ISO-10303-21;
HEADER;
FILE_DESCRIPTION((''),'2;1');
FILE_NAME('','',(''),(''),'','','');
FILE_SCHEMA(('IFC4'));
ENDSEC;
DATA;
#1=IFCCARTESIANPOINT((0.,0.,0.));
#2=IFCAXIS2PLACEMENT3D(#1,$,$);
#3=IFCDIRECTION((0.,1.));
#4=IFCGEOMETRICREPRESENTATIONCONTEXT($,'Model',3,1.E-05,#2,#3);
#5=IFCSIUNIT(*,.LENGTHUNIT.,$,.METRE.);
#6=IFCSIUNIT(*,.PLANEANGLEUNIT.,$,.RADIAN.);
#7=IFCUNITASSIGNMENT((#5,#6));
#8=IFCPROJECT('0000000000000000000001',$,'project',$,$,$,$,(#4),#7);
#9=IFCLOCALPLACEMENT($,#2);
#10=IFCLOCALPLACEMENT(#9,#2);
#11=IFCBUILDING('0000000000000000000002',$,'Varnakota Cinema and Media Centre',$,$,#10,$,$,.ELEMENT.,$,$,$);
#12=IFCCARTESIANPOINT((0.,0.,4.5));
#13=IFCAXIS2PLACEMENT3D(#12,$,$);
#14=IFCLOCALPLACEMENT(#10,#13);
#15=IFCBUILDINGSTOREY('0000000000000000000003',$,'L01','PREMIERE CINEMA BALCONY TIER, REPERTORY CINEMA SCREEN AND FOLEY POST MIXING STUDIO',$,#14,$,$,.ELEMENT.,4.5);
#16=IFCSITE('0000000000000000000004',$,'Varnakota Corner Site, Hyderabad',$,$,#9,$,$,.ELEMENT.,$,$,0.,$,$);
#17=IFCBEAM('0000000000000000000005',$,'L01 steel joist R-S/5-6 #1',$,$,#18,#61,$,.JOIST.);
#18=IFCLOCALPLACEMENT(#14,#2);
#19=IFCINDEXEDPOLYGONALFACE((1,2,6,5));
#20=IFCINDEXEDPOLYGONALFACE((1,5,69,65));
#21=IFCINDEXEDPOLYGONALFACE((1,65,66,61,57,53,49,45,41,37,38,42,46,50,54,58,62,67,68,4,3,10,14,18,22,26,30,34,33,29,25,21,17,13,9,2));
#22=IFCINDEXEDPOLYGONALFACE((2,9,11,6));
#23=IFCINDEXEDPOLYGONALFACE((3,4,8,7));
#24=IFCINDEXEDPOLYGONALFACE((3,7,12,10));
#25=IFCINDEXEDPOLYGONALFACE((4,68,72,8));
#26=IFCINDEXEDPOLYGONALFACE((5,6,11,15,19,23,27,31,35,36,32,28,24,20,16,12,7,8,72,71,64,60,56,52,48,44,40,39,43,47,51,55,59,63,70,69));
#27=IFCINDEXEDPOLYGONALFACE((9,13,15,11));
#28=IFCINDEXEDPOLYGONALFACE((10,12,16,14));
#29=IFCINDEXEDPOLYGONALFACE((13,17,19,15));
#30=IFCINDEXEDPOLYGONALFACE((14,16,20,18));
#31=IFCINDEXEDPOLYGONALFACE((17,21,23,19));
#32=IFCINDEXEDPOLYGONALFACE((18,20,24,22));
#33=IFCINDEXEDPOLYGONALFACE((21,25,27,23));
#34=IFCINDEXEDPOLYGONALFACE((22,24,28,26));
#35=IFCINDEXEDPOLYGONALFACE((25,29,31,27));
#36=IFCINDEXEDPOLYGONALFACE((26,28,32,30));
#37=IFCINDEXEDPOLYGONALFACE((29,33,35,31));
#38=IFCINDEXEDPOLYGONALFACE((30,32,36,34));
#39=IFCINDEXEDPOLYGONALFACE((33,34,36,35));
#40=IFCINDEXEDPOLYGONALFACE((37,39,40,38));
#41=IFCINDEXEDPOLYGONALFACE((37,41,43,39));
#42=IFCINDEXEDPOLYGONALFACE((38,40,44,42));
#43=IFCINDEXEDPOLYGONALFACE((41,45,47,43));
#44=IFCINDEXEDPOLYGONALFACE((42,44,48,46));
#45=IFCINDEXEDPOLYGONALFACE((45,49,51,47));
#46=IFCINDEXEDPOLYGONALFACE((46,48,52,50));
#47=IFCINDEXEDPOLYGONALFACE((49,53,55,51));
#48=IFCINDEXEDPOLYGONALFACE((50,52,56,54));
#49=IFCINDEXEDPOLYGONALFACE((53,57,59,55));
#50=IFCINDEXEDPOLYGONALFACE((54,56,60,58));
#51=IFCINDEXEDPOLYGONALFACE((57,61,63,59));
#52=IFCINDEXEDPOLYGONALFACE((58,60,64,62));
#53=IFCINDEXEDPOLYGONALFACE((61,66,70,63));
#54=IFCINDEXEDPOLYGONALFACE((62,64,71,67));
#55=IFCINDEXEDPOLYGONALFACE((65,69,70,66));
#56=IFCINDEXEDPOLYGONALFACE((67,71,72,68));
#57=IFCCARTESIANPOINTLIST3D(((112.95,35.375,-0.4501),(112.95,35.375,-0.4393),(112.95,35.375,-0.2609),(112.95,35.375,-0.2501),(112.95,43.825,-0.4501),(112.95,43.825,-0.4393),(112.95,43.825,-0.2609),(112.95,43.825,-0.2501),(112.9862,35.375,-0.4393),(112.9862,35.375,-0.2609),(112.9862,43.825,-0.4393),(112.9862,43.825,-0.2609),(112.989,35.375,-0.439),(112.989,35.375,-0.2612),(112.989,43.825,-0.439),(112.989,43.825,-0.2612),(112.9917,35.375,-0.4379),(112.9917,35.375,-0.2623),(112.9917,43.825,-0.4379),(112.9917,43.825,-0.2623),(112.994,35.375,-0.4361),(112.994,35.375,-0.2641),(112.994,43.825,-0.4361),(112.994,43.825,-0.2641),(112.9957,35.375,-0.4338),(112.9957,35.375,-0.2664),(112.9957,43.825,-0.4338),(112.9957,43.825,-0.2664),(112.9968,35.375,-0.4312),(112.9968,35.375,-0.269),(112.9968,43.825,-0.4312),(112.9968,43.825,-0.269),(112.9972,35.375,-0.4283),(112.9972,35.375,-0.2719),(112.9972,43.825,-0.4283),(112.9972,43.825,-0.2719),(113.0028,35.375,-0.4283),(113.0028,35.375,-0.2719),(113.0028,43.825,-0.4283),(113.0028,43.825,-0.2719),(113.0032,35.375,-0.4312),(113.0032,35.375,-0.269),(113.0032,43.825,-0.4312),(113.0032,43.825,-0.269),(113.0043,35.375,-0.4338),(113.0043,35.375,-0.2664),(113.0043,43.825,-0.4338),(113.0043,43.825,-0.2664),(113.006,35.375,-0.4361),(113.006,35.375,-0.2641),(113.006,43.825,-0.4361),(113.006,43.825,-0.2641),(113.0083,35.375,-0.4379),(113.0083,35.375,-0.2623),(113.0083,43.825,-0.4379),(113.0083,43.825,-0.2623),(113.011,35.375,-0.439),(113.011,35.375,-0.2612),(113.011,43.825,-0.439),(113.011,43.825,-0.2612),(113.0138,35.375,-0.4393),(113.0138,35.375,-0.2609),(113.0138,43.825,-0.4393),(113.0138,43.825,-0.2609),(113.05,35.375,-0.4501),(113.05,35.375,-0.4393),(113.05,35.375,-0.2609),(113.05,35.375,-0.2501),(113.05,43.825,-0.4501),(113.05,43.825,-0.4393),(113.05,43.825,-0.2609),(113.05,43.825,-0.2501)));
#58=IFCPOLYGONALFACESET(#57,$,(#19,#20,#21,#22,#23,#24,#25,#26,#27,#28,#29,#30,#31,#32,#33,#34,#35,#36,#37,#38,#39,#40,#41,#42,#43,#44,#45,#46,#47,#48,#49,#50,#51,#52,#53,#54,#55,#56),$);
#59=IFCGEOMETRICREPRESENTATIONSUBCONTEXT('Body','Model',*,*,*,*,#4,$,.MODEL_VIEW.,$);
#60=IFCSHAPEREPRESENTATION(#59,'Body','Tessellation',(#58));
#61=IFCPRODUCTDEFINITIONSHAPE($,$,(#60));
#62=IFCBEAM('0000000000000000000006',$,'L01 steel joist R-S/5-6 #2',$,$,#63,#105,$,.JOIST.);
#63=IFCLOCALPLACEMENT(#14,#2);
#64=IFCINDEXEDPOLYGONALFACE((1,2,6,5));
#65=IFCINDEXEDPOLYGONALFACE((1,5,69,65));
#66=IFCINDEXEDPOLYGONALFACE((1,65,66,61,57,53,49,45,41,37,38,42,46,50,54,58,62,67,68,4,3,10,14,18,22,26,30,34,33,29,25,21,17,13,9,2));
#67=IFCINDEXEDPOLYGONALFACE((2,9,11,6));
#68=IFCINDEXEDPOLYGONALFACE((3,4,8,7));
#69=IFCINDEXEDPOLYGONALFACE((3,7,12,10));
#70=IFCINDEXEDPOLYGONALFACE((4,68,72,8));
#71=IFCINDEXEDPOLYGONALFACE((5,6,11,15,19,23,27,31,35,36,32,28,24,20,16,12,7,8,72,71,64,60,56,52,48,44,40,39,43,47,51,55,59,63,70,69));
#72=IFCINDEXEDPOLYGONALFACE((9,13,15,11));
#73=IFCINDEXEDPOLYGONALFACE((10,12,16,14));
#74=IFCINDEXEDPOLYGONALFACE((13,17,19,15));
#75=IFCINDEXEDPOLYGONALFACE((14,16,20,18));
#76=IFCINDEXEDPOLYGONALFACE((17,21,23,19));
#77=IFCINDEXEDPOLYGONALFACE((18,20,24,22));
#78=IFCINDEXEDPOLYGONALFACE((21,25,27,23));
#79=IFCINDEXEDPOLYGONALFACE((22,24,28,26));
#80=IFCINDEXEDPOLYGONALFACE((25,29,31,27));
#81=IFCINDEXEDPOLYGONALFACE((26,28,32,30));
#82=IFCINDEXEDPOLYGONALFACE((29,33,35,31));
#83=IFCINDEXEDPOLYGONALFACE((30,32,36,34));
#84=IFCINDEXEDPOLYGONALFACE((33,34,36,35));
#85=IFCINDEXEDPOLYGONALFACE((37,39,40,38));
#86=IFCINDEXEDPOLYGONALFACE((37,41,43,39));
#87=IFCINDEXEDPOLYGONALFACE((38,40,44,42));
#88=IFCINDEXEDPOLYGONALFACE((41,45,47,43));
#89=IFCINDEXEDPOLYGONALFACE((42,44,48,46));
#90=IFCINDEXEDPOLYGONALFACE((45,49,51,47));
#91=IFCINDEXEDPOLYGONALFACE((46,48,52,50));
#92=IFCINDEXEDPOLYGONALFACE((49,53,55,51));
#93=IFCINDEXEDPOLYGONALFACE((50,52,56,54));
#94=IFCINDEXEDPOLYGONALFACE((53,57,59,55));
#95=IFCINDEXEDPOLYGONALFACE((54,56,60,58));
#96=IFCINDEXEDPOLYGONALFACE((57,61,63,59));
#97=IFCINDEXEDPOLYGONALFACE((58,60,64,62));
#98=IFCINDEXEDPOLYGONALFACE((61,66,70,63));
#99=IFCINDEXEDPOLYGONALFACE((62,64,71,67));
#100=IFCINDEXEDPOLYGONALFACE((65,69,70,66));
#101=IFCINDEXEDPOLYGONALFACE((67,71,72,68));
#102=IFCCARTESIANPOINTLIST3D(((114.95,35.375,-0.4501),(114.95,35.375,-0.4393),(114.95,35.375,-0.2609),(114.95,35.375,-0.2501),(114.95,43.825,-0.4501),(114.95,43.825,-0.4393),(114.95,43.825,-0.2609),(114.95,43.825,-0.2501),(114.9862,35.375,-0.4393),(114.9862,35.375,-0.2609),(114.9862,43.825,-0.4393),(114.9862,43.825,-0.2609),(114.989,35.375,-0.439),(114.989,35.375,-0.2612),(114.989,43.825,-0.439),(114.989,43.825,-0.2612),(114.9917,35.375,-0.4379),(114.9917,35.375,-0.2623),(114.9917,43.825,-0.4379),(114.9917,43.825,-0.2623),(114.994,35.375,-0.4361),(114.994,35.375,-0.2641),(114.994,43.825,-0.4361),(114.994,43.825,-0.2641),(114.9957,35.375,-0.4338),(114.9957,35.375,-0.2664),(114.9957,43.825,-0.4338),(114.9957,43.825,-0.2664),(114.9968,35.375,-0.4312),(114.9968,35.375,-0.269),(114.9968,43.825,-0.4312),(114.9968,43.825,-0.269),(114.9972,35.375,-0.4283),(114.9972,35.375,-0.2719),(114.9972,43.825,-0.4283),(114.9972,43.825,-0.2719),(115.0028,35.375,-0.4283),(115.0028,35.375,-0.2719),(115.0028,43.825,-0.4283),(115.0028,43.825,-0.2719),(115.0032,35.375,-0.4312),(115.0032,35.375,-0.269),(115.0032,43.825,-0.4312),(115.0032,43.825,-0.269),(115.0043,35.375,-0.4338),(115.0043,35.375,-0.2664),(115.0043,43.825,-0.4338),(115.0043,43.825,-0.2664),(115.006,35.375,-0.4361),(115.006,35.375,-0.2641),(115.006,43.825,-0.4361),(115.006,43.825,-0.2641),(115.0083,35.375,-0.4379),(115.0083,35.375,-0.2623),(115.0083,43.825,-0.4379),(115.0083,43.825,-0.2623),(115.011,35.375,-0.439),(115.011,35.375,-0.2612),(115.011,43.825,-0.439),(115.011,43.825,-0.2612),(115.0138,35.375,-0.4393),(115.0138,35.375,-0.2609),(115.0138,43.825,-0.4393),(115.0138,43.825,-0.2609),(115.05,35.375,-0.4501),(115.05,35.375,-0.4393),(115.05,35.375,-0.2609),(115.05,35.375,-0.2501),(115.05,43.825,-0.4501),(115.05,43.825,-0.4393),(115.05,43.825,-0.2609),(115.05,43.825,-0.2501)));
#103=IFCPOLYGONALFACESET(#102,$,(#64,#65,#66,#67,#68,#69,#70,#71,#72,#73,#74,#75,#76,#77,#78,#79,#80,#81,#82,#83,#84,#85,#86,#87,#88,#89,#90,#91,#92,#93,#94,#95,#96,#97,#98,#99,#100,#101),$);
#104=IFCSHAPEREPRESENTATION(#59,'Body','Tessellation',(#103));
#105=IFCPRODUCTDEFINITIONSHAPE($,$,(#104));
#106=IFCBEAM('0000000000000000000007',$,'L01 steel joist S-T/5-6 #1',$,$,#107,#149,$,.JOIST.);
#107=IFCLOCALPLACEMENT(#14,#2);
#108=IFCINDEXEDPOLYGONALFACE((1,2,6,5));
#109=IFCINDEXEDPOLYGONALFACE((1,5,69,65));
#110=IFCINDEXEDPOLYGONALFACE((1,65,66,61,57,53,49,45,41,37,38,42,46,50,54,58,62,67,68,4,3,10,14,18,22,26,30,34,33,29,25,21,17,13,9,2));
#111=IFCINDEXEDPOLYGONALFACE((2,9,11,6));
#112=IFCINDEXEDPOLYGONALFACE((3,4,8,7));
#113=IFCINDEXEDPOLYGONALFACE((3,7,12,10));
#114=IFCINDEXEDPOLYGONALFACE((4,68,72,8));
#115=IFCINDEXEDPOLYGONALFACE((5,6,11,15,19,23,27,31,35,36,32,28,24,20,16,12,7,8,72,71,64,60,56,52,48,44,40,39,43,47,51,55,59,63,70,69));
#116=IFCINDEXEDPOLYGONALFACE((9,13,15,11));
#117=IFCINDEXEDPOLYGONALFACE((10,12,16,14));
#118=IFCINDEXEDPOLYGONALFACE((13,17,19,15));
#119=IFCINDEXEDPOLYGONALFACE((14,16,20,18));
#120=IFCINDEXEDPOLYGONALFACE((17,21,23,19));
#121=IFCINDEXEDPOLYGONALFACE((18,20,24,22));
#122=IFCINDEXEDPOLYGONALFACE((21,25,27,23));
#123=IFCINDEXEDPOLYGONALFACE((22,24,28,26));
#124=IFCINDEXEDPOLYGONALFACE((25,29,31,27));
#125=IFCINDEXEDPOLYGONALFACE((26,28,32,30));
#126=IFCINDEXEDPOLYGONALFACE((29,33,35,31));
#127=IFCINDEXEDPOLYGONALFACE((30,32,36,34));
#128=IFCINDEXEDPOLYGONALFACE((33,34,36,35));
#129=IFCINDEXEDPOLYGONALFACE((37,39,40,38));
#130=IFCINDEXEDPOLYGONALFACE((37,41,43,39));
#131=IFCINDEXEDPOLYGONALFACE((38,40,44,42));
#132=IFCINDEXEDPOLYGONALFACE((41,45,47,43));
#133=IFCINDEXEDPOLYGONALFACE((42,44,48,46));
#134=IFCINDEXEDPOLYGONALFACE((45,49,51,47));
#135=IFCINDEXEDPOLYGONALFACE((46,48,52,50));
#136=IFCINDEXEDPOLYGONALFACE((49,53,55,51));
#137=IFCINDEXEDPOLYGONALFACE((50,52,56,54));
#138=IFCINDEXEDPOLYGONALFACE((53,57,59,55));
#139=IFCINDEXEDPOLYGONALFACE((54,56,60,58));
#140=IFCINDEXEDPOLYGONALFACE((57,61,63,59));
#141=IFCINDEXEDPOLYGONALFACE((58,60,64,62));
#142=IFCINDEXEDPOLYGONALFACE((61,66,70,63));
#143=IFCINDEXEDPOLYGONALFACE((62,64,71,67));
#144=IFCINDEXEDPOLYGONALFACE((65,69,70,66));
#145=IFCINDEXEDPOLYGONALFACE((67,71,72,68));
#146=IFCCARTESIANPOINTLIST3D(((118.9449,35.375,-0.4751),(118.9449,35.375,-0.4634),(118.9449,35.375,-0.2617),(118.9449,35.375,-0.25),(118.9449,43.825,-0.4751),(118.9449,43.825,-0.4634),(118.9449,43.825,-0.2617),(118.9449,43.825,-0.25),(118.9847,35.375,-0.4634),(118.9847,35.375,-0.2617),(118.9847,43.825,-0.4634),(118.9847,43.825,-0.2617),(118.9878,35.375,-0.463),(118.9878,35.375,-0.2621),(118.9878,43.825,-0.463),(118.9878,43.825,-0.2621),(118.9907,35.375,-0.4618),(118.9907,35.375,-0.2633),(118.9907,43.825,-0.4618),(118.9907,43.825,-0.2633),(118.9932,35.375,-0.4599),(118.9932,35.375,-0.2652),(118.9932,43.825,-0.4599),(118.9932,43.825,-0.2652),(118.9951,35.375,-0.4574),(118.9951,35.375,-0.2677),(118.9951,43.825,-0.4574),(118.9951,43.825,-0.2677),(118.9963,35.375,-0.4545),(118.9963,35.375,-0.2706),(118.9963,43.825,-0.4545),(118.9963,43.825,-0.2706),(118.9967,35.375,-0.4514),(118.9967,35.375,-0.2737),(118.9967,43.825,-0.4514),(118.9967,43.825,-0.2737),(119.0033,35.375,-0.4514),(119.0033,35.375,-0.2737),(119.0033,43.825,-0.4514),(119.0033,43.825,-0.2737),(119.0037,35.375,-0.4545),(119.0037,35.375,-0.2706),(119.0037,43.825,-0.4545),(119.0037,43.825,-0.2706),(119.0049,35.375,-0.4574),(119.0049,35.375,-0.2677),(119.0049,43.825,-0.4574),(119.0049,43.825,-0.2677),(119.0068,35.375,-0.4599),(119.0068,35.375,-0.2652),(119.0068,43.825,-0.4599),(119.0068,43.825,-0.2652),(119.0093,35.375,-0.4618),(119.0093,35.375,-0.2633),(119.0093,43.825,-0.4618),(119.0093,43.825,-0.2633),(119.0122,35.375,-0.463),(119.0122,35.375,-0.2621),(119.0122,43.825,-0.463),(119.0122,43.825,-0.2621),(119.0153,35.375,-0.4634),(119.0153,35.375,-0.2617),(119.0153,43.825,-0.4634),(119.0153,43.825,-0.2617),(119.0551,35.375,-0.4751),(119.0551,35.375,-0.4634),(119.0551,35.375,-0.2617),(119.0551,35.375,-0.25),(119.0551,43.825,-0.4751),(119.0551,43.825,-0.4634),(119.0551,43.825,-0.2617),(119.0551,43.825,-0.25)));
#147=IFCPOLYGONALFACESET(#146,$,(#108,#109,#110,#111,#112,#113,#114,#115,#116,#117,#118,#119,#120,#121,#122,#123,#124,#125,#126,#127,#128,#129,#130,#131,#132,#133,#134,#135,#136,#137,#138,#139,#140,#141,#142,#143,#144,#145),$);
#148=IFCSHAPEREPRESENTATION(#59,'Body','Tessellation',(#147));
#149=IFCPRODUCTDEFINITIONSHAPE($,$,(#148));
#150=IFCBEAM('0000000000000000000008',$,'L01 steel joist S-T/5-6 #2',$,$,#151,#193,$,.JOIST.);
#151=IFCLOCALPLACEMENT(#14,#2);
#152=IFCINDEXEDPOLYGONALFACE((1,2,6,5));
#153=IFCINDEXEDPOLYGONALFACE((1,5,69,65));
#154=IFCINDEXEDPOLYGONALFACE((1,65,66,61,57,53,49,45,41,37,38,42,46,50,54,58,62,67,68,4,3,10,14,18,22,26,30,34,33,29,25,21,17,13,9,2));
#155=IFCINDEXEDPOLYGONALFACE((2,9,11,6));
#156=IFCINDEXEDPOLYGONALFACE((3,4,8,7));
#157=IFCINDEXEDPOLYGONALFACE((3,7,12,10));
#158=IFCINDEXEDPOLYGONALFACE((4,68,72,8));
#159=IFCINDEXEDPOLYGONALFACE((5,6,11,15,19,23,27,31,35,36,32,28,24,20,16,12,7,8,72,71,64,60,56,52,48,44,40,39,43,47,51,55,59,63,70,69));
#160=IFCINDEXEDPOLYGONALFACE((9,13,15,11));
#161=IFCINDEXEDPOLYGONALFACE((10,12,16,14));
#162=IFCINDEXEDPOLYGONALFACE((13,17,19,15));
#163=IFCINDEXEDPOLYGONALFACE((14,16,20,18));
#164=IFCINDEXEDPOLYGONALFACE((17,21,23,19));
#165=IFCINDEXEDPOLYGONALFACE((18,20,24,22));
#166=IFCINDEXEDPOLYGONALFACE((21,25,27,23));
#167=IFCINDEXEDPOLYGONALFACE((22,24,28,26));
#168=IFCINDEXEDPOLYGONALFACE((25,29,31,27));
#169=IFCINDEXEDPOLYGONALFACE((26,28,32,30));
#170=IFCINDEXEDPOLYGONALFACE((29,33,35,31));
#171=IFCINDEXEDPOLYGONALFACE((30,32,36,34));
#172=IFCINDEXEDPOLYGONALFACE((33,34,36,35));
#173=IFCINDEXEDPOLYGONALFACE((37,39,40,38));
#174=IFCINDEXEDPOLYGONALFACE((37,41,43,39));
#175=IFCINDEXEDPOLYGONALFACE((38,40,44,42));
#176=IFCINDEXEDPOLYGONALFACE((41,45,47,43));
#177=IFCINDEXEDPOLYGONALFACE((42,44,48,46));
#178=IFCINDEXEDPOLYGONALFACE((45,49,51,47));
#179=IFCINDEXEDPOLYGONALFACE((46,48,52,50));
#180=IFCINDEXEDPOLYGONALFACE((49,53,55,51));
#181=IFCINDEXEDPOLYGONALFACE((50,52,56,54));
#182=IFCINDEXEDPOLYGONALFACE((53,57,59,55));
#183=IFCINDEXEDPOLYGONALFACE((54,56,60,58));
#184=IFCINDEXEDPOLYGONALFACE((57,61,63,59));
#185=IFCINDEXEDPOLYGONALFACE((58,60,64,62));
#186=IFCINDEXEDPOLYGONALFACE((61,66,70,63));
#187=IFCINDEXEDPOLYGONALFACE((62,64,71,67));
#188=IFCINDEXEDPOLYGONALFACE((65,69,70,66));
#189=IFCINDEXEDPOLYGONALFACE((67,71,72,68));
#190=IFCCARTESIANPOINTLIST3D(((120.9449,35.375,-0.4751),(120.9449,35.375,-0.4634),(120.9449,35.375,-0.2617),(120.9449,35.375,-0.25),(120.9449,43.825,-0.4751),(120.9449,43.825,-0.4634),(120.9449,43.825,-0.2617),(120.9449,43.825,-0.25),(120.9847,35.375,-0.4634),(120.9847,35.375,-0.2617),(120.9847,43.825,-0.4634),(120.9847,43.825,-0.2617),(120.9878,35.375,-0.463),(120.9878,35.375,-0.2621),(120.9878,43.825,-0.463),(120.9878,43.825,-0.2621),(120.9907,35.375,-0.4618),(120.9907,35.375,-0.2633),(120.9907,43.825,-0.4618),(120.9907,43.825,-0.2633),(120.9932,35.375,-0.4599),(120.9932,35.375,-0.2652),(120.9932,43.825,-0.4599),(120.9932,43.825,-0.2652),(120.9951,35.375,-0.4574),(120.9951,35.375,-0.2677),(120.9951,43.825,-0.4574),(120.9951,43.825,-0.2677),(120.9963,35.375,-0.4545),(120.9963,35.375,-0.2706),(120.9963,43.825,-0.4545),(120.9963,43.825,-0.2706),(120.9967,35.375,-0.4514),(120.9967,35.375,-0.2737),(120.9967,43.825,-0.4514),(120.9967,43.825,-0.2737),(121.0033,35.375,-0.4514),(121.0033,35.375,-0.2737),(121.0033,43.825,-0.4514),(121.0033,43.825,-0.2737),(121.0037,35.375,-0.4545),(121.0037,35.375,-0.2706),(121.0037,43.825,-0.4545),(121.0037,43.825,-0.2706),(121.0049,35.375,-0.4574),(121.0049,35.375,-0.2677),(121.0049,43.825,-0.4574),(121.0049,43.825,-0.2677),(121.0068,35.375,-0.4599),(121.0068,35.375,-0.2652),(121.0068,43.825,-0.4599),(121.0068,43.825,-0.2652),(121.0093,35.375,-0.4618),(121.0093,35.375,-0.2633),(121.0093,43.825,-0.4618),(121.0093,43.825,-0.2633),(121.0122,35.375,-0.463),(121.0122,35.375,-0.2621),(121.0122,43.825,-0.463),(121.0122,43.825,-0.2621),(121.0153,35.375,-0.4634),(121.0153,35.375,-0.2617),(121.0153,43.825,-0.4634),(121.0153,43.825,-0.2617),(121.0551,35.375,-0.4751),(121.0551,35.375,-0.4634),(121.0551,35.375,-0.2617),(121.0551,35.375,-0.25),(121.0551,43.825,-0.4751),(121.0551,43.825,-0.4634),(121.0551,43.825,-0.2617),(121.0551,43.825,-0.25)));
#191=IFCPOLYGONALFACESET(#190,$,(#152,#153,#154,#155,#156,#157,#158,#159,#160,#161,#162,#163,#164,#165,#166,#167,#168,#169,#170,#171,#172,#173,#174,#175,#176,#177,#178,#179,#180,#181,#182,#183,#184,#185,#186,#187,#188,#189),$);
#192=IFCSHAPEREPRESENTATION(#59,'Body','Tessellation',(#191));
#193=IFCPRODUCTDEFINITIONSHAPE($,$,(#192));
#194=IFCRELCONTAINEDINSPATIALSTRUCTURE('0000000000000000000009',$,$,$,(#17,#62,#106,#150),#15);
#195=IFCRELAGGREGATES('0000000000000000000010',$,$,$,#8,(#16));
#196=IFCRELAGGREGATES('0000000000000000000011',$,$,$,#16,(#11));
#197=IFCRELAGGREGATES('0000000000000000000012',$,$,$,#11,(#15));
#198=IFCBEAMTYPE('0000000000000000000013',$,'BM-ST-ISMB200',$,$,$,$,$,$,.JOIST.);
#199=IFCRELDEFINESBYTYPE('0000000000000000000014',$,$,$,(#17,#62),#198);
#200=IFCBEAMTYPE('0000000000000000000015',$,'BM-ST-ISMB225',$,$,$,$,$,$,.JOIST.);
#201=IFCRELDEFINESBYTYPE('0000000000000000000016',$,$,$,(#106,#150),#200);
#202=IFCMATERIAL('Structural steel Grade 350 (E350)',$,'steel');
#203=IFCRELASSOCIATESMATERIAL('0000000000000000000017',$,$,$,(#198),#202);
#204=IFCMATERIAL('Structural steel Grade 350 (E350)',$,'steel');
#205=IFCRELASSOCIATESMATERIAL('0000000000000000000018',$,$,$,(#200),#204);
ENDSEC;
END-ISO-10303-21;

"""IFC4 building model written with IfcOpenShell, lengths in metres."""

from ifc_helpers import new_model, si_unit, direction, frame, origin, origin_2d, place, context, subcontext, project, spatial, i_section, extrude, material, material_profile, profile_set, type_object, element, save


model = new_model("IFC4")

# Units and contexts
model_context = context("Model", 3, precision=1e-05, world=origin(), true_north=direction((0.0, 1.0)))
body_context = subcontext(model_context, "Body", "Model", "MODEL_VIEW")
ifc_project = project(units=[si_unit("LENGTHUNIT", "METRE"), si_unit("PLANEANGLEUNIT", "RADIAN")], contexts=[model_context])

# Site, building, storey
site_placement = place(None, origin())
site = spatial("IfcSite", under=ifc_project, at=site_placement, Name="Varnakota Corner Site, Hyderabad", CompositionType="ELEMENT", RefElevation=0.0)
building_placement = place(site_placement, origin())
building = spatial("IfcBuilding", under=site, at=building_placement, Name="Varnakota Cinema and Media Centre", CompositionType="ELEMENT")
storey_placement = place(building_placement, frame((0.0, 0.0, 4.5)))
storey = spatial("IfcBuildingStorey", under=building, at=storey_placement, Name="L01", Description="PREMIERE CINEMA BALCONY TIER, REPERTORY CINEMA SCREEN AND FOLEY POST MIXING STUDIO", CompositionType="ELEMENT", Elevation=4.5)

# Beams
ifc_material_1 = material(Name="Structural steel Grade 350 (E350)", Category="steel")
ifc_material_profile_1 = material_profile(ifc_material_1, i_section(OverallWidth=0.1001, OverallDepth=0.2, WebThickness=0.0056, FlangeThickness=0.0107, FilletRadius=0.011, at=origin_2d()), Name="ISMB 200")
ifc_profile_set_1 = profile_set([ifc_material_profile_1], Name="Structural steel Grade 350 (E350)")
beam_type_1 = type_object("IfcBeamType", Name="BM-ST-ISMB200", PredefinedType="JOIST", material=ifc_profile_set_1)
for number, where, z_axis, x_axis, name in (
    (1, (113.0, 35.375, -0.3501), (0.0, 1.0, 0.0), (-1.0, 0.0, 0.0), "L01 steel joist R-S/5-6 #1"),
    (2, (115.0, 35.375, -0.3501), (0.0, 1.0, 0.0), (-1.0, 0.0, 0.0), "L01 steel joist R-S/5-6 #2"),
):
    element("IfcBeam", number, at=place(storey_placement, frame(where, z_axis=z_axis, x_axis=x_axis)), inside=storey, type_object=beam_type_1, Name=name, PredefinedType="JOIST", context=body_context, shape_type="SweptSolid", body=[
        extrude(i_section(OverallWidth=0.1001, OverallDepth=0.2, WebThickness=0.0056, FlangeThickness=0.0107, FilletRadius=0.011, at=origin_2d()), origin(), (0.0, 0.0, 1.0), 8.45),
    ])
ifc_material_2 = material(Name="Structural steel Grade 350 (E350)", Category="steel")
ifc_material_profile_2 = material_profile(ifc_material_2, i_section(OverallWidth=0.1101, OverallDepth=0.2251, WebThickness=0.0066, FlangeThickness=0.0117, FilletRadius=0.012, at=origin_2d()), Name="ISMB 225")
ifc_profile_set_2 = profile_set([ifc_material_profile_2], Name="Structural steel Grade 350 (E350)")
beam_type_2 = type_object("IfcBeamType", Name="BM-ST-ISMB225", PredefinedType="JOIST", material=ifc_profile_set_2)
for number, where, z_axis, x_axis, name in (
    (3, (119.0, 35.375, -0.3625), (0.0, 1.0, 0.0), (-1.0, 0.0, 0.0), "L01 steel joist S-T/5-6 #1"),
    (4, (121.0, 35.375, -0.3625), (0.0, 1.0, 0.0), (-1.0, 0.0, 0.0), "L01 steel joist S-T/5-6 #2"),
):
    element("IfcBeam", number, at=place(storey_placement, frame(where, z_axis=z_axis, x_axis=x_axis)), inside=storey, type_object=beam_type_2, Name=name, PredefinedType="JOIST", context=body_context, shape_type="SweptSolid", body=[
        extrude(i_section(OverallWidth=0.1101, OverallDepth=0.2251, WebThickness=0.0066, FlangeThickness=0.0117, FilletRadius=0.012, at=origin_2d()), origin(), (0.0, 0.0, 1.0), 8.45),
    ])

save(model, "model.ifc")
